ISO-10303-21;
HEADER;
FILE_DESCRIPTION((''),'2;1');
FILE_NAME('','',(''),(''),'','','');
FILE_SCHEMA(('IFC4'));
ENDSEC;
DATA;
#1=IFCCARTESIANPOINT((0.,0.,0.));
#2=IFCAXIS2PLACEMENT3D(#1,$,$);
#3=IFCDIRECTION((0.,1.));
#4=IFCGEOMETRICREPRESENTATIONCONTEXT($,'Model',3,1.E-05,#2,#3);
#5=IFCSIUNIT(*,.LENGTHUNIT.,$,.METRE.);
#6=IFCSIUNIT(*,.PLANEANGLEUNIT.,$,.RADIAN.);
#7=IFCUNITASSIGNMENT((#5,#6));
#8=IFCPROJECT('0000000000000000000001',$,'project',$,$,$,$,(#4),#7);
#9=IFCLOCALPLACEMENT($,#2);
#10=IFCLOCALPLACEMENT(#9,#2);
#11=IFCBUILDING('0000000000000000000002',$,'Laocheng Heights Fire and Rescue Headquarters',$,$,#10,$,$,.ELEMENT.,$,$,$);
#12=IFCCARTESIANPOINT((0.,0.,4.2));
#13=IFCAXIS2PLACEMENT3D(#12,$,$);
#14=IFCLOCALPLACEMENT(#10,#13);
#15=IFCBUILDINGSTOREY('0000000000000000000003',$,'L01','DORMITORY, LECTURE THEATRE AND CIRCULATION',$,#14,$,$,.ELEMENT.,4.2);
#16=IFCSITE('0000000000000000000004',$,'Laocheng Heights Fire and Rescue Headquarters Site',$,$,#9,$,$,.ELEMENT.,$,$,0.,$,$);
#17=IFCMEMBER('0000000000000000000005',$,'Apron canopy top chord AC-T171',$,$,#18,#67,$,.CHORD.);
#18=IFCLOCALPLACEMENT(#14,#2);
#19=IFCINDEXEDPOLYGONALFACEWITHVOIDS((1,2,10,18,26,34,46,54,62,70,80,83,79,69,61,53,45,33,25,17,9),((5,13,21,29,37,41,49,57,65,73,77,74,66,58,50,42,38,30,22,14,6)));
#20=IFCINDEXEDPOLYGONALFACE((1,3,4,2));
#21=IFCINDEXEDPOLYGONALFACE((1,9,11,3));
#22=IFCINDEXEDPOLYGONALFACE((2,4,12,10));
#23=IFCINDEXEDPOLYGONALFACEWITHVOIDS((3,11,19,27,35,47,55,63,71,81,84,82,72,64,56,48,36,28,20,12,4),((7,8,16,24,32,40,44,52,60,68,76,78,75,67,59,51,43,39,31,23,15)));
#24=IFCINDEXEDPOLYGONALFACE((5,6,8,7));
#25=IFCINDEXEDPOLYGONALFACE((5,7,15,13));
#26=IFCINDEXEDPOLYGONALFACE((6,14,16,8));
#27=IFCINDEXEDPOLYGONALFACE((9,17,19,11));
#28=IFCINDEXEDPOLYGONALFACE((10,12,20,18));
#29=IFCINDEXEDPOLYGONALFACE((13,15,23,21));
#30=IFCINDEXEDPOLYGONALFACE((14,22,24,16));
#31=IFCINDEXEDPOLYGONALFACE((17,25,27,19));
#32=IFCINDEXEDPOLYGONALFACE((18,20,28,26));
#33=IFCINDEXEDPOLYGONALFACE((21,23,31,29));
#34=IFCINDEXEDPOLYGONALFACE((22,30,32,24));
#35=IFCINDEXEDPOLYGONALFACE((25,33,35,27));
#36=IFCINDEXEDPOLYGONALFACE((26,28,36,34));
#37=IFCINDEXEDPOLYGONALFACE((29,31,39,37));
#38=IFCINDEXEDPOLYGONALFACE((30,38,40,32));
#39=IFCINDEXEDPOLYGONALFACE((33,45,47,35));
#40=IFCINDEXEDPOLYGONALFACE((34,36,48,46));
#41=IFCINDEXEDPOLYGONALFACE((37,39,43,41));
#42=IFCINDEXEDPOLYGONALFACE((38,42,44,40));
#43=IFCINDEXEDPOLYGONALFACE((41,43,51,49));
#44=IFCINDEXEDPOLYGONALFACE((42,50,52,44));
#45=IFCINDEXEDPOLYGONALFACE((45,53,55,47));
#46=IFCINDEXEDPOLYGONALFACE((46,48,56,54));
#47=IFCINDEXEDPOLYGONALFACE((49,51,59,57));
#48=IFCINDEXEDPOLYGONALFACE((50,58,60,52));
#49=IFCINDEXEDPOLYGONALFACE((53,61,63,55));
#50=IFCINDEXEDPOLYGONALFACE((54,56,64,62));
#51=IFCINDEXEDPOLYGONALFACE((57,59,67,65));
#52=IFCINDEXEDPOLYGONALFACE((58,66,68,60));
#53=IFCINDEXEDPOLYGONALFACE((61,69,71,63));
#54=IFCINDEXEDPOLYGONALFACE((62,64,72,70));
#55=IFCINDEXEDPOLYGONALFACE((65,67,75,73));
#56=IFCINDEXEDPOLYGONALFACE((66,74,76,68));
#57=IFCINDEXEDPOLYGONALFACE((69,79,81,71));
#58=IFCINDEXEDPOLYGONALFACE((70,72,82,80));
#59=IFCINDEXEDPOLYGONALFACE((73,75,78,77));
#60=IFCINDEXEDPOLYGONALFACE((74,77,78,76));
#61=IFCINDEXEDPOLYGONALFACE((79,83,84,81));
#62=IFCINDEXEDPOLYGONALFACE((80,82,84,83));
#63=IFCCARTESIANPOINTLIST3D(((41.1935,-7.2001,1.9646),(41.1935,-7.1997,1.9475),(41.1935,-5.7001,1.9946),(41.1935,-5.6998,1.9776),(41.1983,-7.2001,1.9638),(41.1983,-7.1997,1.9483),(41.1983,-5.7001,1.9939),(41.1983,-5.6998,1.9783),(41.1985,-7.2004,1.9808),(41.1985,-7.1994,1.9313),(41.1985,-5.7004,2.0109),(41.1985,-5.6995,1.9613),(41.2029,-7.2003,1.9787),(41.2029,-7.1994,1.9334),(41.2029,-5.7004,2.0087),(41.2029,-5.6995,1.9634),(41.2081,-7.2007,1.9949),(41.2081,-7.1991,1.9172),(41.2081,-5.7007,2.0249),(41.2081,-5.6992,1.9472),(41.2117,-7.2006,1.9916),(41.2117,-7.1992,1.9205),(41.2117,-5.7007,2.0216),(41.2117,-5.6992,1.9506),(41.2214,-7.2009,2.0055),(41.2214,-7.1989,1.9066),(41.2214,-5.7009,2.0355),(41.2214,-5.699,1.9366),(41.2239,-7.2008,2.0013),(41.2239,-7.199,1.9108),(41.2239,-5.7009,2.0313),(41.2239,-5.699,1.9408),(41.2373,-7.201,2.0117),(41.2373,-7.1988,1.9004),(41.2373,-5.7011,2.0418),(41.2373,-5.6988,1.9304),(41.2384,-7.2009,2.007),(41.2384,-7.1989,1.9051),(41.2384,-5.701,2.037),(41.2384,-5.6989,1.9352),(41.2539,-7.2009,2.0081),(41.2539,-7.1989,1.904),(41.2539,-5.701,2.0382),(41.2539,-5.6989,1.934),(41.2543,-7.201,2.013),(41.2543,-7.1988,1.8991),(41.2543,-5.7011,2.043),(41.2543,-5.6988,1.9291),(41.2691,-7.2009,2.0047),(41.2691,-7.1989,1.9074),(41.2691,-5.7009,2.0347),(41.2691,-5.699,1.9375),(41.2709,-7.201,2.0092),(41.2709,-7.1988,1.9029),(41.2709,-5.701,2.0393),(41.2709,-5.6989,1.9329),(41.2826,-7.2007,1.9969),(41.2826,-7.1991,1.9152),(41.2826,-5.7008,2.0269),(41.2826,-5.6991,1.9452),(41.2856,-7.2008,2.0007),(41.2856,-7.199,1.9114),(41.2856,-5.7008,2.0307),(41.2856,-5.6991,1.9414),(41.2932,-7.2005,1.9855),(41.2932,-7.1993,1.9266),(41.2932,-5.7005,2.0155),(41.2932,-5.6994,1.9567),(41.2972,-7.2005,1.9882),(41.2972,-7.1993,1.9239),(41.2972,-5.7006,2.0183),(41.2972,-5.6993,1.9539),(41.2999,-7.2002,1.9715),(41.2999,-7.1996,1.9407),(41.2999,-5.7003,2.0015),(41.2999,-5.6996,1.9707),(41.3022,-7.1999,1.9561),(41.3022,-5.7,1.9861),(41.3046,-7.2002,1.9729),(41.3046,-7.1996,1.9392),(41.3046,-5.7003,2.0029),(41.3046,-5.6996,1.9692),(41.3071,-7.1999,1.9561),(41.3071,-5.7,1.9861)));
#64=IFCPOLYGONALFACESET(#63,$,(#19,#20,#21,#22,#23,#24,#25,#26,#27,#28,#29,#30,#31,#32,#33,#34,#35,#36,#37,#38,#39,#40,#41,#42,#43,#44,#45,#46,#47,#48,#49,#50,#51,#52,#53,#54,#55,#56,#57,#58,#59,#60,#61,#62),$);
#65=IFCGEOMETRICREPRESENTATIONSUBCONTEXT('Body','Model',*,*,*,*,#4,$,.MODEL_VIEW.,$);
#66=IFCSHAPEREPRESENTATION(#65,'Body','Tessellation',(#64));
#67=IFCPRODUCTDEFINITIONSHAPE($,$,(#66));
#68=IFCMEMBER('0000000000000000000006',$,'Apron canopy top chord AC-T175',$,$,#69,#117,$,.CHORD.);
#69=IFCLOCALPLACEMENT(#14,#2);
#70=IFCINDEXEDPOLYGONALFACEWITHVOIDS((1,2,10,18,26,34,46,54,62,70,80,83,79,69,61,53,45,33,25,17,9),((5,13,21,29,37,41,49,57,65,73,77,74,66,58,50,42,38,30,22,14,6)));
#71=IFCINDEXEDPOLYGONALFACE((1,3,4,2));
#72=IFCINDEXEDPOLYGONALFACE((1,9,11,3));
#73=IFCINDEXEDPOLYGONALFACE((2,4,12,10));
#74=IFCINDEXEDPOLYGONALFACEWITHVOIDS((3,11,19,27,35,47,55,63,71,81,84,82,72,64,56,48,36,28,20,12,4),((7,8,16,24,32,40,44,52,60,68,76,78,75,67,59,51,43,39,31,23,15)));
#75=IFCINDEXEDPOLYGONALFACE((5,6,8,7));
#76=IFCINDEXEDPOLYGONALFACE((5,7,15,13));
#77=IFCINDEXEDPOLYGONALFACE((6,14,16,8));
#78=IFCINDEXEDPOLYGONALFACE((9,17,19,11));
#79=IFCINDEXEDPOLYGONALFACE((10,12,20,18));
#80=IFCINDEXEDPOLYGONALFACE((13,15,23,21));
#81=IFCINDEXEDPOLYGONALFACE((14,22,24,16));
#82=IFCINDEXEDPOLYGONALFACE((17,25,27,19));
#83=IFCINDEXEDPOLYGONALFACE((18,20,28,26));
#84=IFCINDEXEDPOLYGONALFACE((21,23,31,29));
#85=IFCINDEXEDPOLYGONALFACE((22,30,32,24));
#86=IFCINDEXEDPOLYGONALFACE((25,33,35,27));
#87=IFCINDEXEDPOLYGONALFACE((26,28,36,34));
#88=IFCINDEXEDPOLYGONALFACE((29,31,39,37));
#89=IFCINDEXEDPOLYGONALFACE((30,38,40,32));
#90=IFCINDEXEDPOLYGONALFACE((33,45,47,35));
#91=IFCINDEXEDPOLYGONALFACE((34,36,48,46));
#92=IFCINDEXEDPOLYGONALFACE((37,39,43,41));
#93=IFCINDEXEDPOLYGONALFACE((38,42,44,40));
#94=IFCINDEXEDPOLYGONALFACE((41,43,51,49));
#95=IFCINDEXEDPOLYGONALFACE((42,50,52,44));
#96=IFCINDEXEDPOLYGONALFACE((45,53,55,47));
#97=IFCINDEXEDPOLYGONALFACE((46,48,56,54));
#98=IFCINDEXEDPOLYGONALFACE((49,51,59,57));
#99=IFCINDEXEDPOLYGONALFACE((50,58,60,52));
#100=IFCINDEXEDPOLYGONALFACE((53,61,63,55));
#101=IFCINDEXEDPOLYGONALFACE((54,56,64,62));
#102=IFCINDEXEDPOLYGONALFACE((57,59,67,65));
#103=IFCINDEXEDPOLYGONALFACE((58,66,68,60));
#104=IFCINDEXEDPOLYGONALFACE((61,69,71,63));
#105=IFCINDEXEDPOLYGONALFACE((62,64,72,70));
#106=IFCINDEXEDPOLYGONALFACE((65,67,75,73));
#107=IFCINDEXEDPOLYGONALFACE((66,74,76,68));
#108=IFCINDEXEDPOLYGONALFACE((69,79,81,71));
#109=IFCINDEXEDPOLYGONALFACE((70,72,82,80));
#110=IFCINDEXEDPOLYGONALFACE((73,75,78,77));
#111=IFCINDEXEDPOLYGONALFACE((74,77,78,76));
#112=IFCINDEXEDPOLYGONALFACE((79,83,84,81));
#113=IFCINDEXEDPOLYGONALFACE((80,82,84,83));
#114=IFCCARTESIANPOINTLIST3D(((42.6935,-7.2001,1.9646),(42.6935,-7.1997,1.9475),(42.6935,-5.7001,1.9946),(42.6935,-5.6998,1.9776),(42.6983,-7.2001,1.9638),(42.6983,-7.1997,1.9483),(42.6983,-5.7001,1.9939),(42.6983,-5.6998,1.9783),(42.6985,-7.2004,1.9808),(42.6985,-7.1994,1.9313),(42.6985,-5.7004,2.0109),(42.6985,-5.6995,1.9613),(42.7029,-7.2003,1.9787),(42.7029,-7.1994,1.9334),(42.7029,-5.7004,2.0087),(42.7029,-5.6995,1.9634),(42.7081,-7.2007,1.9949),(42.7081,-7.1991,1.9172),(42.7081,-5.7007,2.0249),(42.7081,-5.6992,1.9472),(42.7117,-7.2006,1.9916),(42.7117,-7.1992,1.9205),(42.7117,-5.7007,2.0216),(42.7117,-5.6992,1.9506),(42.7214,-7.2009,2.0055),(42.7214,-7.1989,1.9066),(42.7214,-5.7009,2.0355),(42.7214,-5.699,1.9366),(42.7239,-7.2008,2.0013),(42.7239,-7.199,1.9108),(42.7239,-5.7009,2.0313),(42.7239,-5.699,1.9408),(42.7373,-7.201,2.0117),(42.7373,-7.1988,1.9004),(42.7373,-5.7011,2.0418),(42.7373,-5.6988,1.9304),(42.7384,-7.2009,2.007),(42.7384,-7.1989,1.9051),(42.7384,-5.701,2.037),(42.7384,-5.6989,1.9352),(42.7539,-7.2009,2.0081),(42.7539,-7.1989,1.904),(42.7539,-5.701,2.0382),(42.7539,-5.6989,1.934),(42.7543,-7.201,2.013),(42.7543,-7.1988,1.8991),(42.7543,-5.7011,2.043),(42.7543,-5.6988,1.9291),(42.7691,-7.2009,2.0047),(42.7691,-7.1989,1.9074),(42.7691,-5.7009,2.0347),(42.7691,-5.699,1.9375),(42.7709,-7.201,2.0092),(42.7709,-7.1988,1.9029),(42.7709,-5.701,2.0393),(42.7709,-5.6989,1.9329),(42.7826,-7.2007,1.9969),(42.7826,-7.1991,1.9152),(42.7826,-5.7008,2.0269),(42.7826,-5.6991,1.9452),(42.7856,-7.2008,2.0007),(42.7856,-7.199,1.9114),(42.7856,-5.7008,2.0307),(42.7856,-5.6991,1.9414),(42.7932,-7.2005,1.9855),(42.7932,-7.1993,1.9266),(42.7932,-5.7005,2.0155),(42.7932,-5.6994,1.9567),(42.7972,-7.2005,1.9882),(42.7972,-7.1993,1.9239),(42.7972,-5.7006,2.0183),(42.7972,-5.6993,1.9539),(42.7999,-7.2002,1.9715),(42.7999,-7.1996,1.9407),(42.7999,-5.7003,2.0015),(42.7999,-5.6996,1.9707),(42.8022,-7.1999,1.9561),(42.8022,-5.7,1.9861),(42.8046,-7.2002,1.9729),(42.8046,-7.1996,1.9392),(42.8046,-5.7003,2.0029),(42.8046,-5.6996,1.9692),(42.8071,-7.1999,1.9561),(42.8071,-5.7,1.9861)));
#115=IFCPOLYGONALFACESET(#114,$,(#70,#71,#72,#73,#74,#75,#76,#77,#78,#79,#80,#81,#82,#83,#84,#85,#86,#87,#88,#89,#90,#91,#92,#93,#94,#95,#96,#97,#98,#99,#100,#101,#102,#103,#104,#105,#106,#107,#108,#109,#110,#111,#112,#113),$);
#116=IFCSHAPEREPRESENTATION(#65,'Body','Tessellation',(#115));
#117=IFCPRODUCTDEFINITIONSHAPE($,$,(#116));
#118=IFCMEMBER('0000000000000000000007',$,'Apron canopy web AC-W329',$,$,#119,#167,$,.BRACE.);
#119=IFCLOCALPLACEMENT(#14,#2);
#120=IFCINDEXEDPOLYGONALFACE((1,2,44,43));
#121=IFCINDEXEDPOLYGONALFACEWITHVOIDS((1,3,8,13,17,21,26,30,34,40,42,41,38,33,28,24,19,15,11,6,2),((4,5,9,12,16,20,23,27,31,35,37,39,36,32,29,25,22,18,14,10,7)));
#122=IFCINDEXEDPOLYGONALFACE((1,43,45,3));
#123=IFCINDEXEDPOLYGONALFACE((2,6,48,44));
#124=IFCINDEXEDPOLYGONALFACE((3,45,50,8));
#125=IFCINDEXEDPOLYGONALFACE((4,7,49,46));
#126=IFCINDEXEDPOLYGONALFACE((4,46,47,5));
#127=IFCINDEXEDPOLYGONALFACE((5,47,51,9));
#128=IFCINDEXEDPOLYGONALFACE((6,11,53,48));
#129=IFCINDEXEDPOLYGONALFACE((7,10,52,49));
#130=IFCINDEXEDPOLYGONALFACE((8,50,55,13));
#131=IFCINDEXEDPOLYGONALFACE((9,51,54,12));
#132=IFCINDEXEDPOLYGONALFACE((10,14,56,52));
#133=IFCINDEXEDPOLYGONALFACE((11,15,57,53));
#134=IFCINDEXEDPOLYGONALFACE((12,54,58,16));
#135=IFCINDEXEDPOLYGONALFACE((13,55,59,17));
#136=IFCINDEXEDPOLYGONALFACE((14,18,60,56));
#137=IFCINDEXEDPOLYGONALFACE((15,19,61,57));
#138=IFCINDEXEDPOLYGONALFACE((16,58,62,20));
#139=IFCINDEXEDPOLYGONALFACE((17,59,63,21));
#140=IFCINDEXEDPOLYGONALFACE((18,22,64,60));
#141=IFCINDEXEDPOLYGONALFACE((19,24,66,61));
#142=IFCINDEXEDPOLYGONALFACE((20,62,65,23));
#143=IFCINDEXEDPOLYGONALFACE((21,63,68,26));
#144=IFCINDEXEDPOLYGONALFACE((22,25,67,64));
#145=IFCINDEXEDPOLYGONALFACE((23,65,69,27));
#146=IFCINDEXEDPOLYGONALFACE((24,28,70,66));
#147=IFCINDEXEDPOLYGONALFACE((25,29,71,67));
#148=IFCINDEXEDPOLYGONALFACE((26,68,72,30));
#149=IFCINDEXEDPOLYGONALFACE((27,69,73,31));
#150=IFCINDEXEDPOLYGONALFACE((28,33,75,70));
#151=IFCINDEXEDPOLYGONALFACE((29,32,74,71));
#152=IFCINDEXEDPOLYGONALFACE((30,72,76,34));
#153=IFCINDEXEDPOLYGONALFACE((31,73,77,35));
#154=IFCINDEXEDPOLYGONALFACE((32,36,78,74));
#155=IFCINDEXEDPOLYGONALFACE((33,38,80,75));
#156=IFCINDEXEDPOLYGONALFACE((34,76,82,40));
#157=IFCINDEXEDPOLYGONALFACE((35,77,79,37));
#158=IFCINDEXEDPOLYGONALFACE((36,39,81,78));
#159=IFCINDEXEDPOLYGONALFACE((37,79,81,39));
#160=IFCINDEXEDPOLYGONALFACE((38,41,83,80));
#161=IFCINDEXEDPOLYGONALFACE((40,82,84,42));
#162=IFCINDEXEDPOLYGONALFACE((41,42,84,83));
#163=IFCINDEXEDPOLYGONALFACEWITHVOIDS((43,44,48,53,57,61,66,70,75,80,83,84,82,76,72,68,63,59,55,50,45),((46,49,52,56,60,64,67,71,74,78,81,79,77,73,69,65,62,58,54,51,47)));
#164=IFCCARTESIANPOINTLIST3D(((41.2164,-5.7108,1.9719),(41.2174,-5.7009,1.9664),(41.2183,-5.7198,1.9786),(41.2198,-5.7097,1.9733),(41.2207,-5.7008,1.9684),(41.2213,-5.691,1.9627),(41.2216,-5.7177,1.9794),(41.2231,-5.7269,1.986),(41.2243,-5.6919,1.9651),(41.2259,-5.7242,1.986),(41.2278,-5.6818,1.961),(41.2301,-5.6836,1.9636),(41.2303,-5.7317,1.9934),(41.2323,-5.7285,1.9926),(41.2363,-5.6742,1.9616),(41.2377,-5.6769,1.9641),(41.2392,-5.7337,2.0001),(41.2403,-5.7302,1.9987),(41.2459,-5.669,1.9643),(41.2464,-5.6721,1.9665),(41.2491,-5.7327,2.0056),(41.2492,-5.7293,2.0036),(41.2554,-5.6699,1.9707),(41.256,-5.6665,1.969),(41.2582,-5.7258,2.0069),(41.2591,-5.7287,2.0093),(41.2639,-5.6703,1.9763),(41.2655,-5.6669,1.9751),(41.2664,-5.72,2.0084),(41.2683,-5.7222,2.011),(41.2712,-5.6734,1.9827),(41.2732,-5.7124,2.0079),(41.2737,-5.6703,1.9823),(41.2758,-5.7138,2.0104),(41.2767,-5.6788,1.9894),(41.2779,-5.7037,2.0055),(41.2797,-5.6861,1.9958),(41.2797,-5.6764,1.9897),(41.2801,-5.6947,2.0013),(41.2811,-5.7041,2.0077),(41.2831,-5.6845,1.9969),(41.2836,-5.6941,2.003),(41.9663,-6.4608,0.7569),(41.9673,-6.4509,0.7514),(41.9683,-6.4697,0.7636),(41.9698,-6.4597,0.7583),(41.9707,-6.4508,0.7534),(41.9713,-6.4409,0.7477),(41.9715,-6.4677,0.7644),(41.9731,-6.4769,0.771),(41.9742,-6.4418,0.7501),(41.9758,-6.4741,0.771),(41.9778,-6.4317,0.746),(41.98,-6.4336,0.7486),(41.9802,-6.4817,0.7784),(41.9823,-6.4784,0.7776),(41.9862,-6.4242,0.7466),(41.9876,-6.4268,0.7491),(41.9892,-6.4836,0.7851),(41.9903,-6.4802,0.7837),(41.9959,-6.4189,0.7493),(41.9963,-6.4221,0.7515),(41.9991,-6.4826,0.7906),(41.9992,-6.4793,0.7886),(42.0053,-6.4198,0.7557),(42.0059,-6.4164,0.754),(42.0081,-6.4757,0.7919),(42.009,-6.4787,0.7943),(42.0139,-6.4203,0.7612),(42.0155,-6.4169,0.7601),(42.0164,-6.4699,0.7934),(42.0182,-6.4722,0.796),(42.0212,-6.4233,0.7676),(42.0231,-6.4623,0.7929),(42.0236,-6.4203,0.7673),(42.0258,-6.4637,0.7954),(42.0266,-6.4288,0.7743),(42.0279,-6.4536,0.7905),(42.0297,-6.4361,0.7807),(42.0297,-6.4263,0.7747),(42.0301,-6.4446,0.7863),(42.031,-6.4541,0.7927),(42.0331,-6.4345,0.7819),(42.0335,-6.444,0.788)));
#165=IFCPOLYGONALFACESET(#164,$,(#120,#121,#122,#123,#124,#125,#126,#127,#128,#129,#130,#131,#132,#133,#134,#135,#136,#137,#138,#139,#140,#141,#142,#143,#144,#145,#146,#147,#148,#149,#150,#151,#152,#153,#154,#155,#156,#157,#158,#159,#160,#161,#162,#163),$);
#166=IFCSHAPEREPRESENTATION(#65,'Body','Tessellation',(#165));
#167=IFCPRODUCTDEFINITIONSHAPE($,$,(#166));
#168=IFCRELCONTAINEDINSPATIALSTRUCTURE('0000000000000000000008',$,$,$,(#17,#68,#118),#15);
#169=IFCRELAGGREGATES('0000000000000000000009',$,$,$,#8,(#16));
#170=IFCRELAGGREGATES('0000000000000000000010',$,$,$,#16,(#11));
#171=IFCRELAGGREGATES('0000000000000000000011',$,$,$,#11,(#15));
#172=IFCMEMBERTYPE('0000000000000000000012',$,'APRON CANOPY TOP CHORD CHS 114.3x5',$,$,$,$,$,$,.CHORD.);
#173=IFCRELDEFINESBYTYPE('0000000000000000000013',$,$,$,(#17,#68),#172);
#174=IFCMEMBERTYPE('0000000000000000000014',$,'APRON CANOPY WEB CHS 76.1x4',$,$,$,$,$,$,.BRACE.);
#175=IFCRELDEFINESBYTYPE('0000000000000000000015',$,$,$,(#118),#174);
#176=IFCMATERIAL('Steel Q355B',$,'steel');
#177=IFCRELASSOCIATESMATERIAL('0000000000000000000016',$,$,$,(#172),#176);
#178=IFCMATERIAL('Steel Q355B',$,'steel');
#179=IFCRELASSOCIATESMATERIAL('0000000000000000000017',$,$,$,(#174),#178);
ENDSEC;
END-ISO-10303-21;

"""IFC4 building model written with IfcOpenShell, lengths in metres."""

from ifc_helpers import new_model, si_unit, direction, frame, origin, origin_2d, place, context, subcontext, project, spatial, hollow_circle, extrude, material, material_profile, profile_set, type_object, element, save


model = new_model("IFC4")

# Units and contexts
model_context = context("Model", 3, precision=1e-05, world=origin(), true_north=direction((0.0, 1.0)))
body_context = subcontext(model_context, "Body", "Model", "MODEL_VIEW")
ifc_project = project(units=[si_unit("LENGTHUNIT", "METRE"), si_unit("PLANEANGLEUNIT", "RADIAN")], contexts=[model_context])

# Site, building, storey
site_placement = place(None, origin())
site = spatial("IfcSite", under=ifc_project, at=site_placement, Name="Laocheng Heights Fire and Rescue Headquarters Site", CompositionType="ELEMENT", RefElevation=0.0)
building_placement = place(site_placement, origin())
building = spatial("IfcBuilding", under=site, at=building_placement, Name="Laocheng Heights Fire and Rescue Headquarters", CompositionType="ELEMENT")
storey_placement = place(building_placement, frame((0.0, 0.0, 4.2)))
storey = spatial("IfcBuildingStorey", under=building, at=storey_placement, Name="L01", Description="DORMITORY, LECTURE THEATRE AND CIRCULATION", CompositionType="ELEMENT", Elevation=4.2)

# Members
ifc_material_1 = material(Name="Steel Q355B", Category="steel")
ifc_material_profile_1 = material_profile(ifc_material_1, hollow_circle(Radius=0.0571, WallThickness=0.0049, at=origin_2d()), Name="CHS 114.3x5")
ifc_profile_set_1 = profile_set([ifc_material_profile_1], Name="Steel Q355B")
member_type_1 = type_object("IfcMemberType", Name="APRON CANOPY TOP CHORD CHS 114.3x5", PredefinedType="CHORD", material=ifc_profile_set_1)
for number, where, z_axis, x_axis, name in (
    (1, (41.25, -5.7, 1.9861), (0.0, -0.9998, -0.020016), (1.0, 0.0, 0.0), "Apron canopy top chord AC-T171"),
    (2, (42.75, -5.7, 1.9861), (0.0, -0.9998, -0.020016), (1.0, 0.0, 0.0), "Apron canopy top chord AC-T175"),
):
    element("IfcMember", number, at=place(storey_placement, frame(where, z_axis=z_axis, x_axis=x_axis)), inside=storey, type_object=member_type_1, Name=name, PredefinedType="CHORD", context=body_context, shape_type="SweptSolid", body=[
        extrude(hollow_circle(Radius=0.0571, WallThickness=0.0049, at=origin_2d()), origin(), (0.0, 0.0, 1.0), 1.5002),
    ])
ifc_material_2 = material(Name="Steel Q355B", Category="steel")
ifc_material_profile_2 = material_profile(ifc_material_2, hollow_circle(Radius=0.0381, WallThickness=0.0039, at=origin_2d()), Name="CHS 76.1x4")
ifc_profile_set_2 = profile_set([ifc_material_profile_2], Name="Steel Q355B")
member_type_2 = type_object("IfcMemberType", Name="APRON CANOPY WEB CHS 76.1x4", PredefinedType="BRACE", material=ifc_profile_set_2)
for number, where, z_axis, x_axis, name in (
    (3, (42.0, -6.45, 0.771), (-0.465002, 0.465002, 0.753357), (-0.707107, -0.707107, 0.0), "Apron canopy web AC-W329"),
):
    element("IfcMember", number, at=place(storey_placement, frame(where, z_axis=z_axis, x_axis=x_axis)), inside=storey, type_object=member_type_2, Name=name, PredefinedType="BRACE", context=body_context, shape_type="SweptSolid", body=[
        extrude(hollow_circle(Radius=0.0381, WallThickness=0.0039, at=origin_2d()), origin(), (0.0, 0.0, 1.0), 1.6128),
    ])

save(model, "model.ifc")
